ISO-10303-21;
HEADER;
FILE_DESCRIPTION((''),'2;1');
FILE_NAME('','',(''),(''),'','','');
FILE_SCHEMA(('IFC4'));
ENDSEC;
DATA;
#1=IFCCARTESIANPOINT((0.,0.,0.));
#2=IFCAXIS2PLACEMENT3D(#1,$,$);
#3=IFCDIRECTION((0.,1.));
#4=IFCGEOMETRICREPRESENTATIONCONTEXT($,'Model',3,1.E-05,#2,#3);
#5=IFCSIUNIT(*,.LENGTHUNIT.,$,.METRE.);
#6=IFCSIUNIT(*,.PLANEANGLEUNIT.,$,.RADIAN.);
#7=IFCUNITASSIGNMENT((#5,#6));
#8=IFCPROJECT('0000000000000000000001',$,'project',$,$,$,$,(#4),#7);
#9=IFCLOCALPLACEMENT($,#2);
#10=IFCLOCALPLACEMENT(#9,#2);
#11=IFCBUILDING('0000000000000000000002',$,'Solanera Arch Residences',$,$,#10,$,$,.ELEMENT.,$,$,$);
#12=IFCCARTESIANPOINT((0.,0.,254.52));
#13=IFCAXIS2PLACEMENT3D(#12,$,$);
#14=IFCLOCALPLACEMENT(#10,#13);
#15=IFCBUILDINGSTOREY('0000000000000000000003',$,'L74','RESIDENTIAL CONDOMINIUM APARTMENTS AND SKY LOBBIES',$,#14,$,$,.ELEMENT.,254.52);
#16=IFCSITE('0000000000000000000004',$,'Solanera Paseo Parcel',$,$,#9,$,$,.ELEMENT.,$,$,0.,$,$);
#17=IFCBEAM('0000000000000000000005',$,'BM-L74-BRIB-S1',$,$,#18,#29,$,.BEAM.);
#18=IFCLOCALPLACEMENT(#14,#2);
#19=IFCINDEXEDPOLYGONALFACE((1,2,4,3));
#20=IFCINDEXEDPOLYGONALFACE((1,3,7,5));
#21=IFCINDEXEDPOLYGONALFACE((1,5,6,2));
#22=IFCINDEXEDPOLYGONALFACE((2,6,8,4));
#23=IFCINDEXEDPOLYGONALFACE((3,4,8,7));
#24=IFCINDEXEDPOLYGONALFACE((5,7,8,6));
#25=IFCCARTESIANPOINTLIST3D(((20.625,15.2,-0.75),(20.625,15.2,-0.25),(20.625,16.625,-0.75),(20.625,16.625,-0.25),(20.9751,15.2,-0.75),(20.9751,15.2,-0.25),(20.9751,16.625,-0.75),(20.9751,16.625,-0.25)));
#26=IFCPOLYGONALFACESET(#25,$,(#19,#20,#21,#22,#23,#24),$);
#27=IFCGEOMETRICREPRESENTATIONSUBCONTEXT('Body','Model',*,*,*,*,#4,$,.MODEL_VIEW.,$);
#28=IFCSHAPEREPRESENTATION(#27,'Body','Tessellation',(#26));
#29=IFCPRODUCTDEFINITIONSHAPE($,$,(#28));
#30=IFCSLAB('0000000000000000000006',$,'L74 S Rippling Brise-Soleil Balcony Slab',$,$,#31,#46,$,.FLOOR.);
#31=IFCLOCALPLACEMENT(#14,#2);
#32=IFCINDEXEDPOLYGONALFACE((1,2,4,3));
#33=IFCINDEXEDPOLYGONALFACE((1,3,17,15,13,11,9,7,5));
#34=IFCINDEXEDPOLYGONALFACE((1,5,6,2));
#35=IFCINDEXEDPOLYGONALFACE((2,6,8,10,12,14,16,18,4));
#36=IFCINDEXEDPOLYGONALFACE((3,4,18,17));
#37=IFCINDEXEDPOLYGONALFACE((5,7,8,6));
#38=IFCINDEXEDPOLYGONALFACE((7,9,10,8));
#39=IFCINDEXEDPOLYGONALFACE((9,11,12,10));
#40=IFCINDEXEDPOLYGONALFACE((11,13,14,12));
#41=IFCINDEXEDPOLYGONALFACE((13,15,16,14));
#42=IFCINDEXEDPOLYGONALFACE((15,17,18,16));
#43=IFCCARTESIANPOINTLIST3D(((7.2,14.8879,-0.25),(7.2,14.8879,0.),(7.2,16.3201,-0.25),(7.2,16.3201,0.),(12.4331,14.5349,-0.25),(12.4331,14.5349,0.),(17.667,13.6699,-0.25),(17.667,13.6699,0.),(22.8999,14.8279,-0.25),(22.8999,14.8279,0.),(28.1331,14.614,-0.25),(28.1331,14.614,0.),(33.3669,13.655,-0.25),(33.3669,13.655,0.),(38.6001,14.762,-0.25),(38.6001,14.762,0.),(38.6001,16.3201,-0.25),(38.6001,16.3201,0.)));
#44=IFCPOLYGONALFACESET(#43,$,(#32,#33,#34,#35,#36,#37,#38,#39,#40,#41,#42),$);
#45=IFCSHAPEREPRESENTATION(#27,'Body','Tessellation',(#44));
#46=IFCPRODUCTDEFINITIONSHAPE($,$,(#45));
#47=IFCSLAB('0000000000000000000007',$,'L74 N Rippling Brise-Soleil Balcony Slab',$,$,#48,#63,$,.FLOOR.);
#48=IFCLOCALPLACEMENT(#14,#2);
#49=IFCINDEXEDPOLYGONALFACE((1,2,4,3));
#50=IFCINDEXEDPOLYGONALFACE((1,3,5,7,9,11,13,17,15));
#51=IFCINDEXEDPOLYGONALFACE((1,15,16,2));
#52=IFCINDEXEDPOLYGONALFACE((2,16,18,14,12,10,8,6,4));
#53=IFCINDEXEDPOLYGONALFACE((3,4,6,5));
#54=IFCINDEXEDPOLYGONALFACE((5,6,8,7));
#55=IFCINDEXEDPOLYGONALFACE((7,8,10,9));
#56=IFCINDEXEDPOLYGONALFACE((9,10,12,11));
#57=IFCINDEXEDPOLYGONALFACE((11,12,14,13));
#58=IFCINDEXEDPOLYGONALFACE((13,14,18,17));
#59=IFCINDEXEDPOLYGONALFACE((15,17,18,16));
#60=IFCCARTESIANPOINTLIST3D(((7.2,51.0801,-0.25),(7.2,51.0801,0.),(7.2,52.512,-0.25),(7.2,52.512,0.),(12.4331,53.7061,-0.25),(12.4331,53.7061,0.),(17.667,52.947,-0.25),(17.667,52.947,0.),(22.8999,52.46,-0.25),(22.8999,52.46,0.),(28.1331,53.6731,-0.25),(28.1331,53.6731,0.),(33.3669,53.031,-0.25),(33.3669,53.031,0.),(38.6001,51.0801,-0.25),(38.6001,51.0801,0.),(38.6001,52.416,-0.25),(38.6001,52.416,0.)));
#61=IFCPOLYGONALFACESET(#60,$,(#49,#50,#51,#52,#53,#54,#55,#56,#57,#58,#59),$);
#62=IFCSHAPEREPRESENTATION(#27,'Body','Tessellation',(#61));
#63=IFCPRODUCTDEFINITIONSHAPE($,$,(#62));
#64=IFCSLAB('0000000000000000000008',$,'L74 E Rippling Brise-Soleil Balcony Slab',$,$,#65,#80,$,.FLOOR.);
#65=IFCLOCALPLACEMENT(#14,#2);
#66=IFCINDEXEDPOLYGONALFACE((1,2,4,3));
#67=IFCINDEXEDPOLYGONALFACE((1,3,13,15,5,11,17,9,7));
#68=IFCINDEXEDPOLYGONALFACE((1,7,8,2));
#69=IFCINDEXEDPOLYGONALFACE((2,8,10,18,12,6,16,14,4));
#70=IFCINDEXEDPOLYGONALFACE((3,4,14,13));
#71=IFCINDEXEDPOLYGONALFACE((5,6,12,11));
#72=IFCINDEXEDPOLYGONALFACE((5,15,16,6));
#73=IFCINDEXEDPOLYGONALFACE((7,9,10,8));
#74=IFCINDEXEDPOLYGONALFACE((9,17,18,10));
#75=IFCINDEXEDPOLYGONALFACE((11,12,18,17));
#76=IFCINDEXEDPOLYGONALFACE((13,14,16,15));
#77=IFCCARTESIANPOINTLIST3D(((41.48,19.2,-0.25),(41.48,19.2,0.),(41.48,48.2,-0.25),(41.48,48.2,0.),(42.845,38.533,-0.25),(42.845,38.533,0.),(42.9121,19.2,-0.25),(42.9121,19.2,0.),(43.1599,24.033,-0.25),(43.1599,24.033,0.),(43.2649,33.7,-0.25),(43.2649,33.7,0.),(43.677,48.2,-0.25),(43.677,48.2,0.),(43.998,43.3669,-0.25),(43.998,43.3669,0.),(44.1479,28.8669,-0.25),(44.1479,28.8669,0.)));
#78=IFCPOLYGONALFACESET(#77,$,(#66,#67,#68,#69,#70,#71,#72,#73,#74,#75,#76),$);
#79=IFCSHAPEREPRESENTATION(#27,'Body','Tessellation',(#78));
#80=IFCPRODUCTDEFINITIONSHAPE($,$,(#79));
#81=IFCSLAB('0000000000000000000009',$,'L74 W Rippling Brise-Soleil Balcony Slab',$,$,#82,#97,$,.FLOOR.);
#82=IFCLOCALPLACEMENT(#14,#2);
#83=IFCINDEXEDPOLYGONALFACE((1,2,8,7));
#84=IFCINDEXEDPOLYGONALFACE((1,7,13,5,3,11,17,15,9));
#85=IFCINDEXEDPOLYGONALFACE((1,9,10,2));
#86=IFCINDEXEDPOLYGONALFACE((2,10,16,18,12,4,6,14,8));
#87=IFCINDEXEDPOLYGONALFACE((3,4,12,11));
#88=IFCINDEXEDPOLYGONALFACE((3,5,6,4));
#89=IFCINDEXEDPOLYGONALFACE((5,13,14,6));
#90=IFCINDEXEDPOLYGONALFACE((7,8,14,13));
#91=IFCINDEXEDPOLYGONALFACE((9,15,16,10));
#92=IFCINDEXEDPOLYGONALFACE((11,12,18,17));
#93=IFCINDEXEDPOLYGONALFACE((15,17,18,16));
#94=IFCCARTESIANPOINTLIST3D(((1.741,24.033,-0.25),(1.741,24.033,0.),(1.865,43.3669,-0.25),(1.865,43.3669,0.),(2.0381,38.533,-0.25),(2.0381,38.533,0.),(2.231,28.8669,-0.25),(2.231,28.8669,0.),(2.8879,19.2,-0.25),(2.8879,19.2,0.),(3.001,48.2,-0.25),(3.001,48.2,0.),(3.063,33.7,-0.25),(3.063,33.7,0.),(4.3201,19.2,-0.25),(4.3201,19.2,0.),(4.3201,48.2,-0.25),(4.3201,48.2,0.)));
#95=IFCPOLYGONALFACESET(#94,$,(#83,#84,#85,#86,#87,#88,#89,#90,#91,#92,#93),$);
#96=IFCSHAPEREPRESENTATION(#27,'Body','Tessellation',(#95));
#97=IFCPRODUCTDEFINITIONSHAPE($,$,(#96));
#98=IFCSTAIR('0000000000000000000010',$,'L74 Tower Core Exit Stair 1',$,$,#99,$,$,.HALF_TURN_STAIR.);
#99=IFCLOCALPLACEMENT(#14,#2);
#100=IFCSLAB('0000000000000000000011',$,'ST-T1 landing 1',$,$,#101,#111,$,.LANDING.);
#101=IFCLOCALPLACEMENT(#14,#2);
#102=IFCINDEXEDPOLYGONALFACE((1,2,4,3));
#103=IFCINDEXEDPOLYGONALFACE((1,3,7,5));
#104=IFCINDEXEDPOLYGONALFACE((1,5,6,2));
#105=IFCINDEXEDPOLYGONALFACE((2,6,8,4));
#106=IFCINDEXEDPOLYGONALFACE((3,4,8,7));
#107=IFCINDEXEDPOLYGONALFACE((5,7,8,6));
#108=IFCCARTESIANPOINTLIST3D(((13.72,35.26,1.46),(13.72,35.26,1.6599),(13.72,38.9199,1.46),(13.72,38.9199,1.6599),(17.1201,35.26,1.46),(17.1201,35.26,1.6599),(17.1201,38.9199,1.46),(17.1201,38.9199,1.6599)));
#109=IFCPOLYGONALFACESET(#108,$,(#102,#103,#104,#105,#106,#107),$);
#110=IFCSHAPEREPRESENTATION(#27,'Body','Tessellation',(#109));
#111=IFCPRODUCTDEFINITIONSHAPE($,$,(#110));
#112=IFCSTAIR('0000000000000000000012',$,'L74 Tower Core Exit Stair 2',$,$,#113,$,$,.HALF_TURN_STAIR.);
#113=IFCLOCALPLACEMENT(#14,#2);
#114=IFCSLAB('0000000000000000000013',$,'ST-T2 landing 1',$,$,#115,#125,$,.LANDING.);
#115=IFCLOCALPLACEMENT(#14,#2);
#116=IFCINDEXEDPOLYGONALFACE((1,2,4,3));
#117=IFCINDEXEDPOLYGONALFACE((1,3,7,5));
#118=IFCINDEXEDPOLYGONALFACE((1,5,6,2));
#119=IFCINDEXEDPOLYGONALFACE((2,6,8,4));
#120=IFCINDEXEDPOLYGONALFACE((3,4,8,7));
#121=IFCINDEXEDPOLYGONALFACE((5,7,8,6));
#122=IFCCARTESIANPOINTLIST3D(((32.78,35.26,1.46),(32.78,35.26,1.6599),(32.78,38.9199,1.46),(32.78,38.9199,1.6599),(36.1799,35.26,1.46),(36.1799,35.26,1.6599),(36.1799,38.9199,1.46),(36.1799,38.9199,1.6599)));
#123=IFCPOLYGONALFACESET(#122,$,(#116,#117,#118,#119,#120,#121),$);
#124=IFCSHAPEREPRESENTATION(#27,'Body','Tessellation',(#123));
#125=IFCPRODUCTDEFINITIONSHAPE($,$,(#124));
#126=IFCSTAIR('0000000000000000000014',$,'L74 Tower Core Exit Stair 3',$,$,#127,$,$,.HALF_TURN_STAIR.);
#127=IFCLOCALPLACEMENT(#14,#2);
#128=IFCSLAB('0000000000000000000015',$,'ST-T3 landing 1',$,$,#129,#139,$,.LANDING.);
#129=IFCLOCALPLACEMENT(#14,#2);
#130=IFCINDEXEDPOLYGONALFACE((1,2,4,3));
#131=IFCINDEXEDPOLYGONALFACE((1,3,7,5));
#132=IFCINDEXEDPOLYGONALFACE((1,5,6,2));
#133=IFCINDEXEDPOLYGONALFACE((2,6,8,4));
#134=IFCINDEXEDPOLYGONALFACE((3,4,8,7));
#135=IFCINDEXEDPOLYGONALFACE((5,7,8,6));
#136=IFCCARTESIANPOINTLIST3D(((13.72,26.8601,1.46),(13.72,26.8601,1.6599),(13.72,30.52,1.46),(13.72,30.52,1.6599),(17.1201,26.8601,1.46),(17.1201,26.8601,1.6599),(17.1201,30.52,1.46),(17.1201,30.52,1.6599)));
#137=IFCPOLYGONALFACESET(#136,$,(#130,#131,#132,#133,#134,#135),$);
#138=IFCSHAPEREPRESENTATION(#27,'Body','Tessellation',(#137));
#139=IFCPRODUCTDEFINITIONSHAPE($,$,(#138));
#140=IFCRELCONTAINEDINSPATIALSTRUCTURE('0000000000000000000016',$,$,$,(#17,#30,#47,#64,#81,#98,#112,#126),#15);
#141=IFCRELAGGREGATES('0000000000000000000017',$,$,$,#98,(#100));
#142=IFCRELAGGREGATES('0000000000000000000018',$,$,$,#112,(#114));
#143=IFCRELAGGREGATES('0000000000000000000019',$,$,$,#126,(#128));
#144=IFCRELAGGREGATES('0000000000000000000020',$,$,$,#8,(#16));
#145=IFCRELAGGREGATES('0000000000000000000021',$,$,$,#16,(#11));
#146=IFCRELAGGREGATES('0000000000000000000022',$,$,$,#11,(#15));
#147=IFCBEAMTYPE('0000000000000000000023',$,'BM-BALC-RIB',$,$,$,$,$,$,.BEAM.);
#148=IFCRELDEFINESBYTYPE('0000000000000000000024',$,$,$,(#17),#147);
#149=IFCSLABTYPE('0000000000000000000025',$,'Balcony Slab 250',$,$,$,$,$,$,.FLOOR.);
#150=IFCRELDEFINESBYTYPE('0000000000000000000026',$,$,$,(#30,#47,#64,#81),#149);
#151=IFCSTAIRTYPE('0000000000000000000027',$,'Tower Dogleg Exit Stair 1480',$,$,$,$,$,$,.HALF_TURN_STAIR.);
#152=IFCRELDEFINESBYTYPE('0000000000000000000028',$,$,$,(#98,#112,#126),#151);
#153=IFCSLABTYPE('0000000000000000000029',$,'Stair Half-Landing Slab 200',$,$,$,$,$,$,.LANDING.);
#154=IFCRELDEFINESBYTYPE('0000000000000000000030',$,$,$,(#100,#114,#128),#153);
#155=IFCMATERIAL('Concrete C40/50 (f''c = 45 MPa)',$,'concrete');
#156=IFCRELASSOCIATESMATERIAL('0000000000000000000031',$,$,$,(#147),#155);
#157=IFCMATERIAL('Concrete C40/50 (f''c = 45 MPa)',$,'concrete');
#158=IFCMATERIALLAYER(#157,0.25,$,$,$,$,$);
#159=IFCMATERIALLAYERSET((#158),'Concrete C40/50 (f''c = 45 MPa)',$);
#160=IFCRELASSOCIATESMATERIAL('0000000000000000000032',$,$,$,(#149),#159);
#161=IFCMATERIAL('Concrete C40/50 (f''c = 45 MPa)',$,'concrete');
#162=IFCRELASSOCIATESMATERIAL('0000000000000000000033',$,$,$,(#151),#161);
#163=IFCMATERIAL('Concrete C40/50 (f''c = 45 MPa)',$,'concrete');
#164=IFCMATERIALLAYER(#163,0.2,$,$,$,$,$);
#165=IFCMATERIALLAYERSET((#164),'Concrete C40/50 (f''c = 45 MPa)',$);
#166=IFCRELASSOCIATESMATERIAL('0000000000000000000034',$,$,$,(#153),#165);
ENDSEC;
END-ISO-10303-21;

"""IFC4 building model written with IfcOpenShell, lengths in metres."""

from ifc_helpers import new_model, si_unit, direction, frame, origin, origin_2d, place, context, subcontext, project, spatial, polyline, rectangle, outline, extrude, material, layer, layer_set, material_profile, profile_set, type_object, element, aggregate, save


model = new_model("IFC4")

# Units and contexts
model_context = context("Model", 3, precision=1e-05, world=origin(), true_north=direction((0.0, 1.0)))
body_context = subcontext(model_context, "Body", "Model", "MODEL_VIEW")
ifc_project = project(units=[si_unit("LENGTHUNIT", "METRE"), si_unit("PLANEANGLEUNIT", "RADIAN")], contexts=[model_context])

# Site, building, storey
site_placement = place(None, origin())
site = spatial("IfcSite", under=ifc_project, at=site_placement, Name="Solanera Paseo Parcel", CompositionType="ELEMENT", RefElevation=0.0)
building_placement = place(site_placement, origin())
building = spatial("IfcBuilding", under=site, at=building_placement, Name="Solanera Arch Residences", CompositionType="ELEMENT")
storey_placement = place(building_placement, frame((0.0, 0.0, 254.52)))
storey = spatial("IfcBuildingStorey", under=building, at=storey_placement, Name="L74", Description="RESIDENTIAL CONDOMINIUM APARTMENTS AND SKY LOBBIES", CompositionType="ELEMENT", Elevation=254.52)

# Beam
ifc_material_1 = material(Name="Concrete C40/50 (f'c = 45 MPa)", Category="concrete")
ifc_material_profile = material_profile(ifc_material_1, rectangle(XDim=0.3501, YDim=0.5, at=origin_2d()))
ifc_profile_set = profile_set([ifc_material_profile], Name="Concrete C40/50 (f'c = 45 MPa)")
beam_type = type_object("IfcBeamType", Name="BM-BALC-RIB", PredefinedType="BEAM", material=ifc_profile_set)
beam_placement = place(storey_placement, frame((20.8, 15.2, -0.5), z_axis=(0.0, 1.0, 0.0), x_axis=(-1.0, 0.0, 0.0)))
element("IfcBeam", 1, at=beam_placement, inside=storey, type_object=beam_type, Name="BM-L74-BRIB-S1", PredefinedType="BEAM", context=body_context, shape_type="SweptSolid", body=[
    extrude(rectangle(XDim=0.3501, YDim=0.5, at=origin_2d()), origin(), (0.0, 0.0, 1.0), 1.425),
])

# Slabs
ifc_material_2 = material(Name="Concrete C40/50 (f'c = 45 MPa)", Category="concrete")
ifc_layer_1 = layer(ifc_material_2, 0.25)
ifc_layer_set_1 = layer_set([ifc_layer_1], Name="Concrete C40/50 (f'c = 45 MPa)")
slab_type_1 = type_object("IfcSlabType", Name="Balcony Slab 250", PredefinedType="FLOOR", material=ifc_layer_set_1)
slab_1_placement = place(storey_placement, frame((0.0, 0.0, -0.25)))
element("IfcSlab", 2, at=slab_1_placement, inside=storey, type_object=slab_type_1, Name="L74 S Rippling Brise-Soleil Balcony Slab", PredefinedType="FLOOR", context=body_context, shape_type="SweptSolid", body=[
    extrude(outline(polyline([(7.2, 14.8879), (12.4331, 14.5349), (17.667, 13.6699), (22.8999, 14.8279), (28.1331, 14.614), (33.3669, 13.655), (38.6001, 14.762), (38.6001, 16.3201), (7.2, 16.3201), (7.2, 14.8879)])), origin(), (0.0, 0.0, 1.0), 0.25),
])
slab_2_placement = place(storey_placement, frame((0.0, 0.0, -0.25)))
element("IfcSlab", 3, at=slab_2_placement, inside=storey, type_object=slab_type_1, Name="L74 N Rippling Brise-Soleil Balcony Slab", PredefinedType="FLOOR", context=body_context, shape_type="SweptSolid", body=[
    extrude(outline(polyline([(38.6001, 52.416), (33.3669, 53.031), (28.1331, 53.6731), (22.8999, 52.46), (17.667, 52.947), (12.4331, 53.7061), (7.2, 52.512), (7.2, 51.0801), (38.6001, 51.0801), (38.6001, 52.416)])), origin(), (0.0, 0.0, 1.0), 0.25),
])
slab_3_placement = place(storey_placement, frame((0.0, 0.0, -0.25)))
element("IfcSlab", 4, at=slab_3_placement, inside=storey, type_object=slab_type_1, Name="L74 E Rippling Brise-Soleil Balcony Slab", PredefinedType="FLOOR", context=body_context, shape_type="SweptSolid", body=[
    extrude(outline(polyline([(42.9121, 19.2), (43.1599, 24.033), (44.1479, 28.8669), (43.2649, 33.7), (42.845, 38.533), (43.998, 43.3669), (43.677, 48.2), (41.48, 48.2), (41.48, 19.2), (42.9121, 19.2)])), origin(), (0.0, 0.0, 1.0), 0.25),
])
slab_4_placement = place(storey_placement, frame((0.0, 0.0, -0.25)))
element("IfcSlab", 5, at=slab_4_placement, inside=storey, type_object=slab_type_1, Name="L74 W Rippling Brise-Soleil Balcony Slab", PredefinedType="FLOOR", context=body_context, shape_type="SweptSolid", body=[
    extrude(outline(polyline([(3.001, 48.2), (1.865, 43.3669), (2.0381, 38.533), (3.063, 33.7), (2.231, 28.8669), (1.741, 24.033), (2.8879, 19.2), (4.3201, 19.2), (4.3201, 48.2), (3.001, 48.2)])), origin(), (0.0, 0.0, 1.0), 0.25),
])

# Stairs, slabs
ifc_material_3 = material(Name="Concrete C40/50 (f'c = 45 MPa)", Category="concrete")
stair_type = type_object("IfcStairType", Name="Tower Dogleg Exit Stair 1480", PredefinedType="HALF_TURN_STAIR", material=ifc_material_3)
stair_1_placement = place(storey_placement, origin())
stair_1 = element("IfcStair", 6, at=stair_1_placement, inside=storey, type_object=stair_type, Name="L74 Tower Core Exit Stair 1", PredefinedType="HALF_TURN_STAIR")
ifc_material_4 = material(Name="Concrete C40/50 (f'c = 45 MPa)", Category="concrete")
ifc_layer_2 = layer(ifc_material_4, 0.2)
ifc_layer_set_2 = layer_set([ifc_layer_2], Name="Concrete C40/50 (f'c = 45 MPa)")
slab_type_2 = type_object("IfcSlabType", Name="Stair Half-Landing Slab 200", PredefinedType="LANDING", material=ifc_layer_set_2)
slab_5_placement = place(storey_placement, frame((0.0, 0.0, 1.46)))
slab_5 = element("IfcSlab", 7, at=slab_5_placement, type_object=slab_type_2, Name="ST-T1 landing 1", PredefinedType="LANDING", context=body_context, shape_type="SweptSolid", body=[
    extrude(outline(polyline([(17.1201, 35.26), (17.1201, 38.9199), (13.72, 38.9199), (13.72, 35.26), (17.1201, 35.26)])), origin(), (0.0, 0.0, 1.0), 0.2),
])
aggregate(stair_1, [slab_5])
stair_2_placement = place(storey_placement, origin())
stair_2 = element("IfcStair", 8, at=stair_2_placement, inside=storey, type_object=stair_type, Name="L74 Tower Core Exit Stair 2", PredefinedType="HALF_TURN_STAIR")
slab_6_placement = place(storey_placement, frame((0.0, 0.0, 1.46)))
slab_6 = element("IfcSlab", 9, at=slab_6_placement, type_object=slab_type_2, Name="ST-T2 landing 1", PredefinedType="LANDING", context=body_context, shape_type="SweptSolid", body=[
    extrude(outline(polyline([(36.1799, 35.26), (36.1799, 38.9199), (32.78, 38.9199), (32.78, 35.26), (36.1799, 35.26)])), origin(), (0.0, 0.0, 1.0), 0.2),
])
aggregate(stair_2, [slab_6])
stair_3_placement = place(storey_placement, origin())
stair_3 = element("IfcStair", 10, at=stair_3_placement, inside=storey, type_object=stair_type, Name="L74 Tower Core Exit Stair 3", PredefinedType="HALF_TURN_STAIR")
slab_7_placement = place(storey_placement, frame((0.0, 0.0, 1.46)))
slab_7 = element("IfcSlab", 11, at=slab_7_placement, type_object=slab_type_2, Name="ST-T3 landing 1", PredefinedType="LANDING", context=body_context, shape_type="SweptSolid", body=[
    extrude(outline(polyline([(17.1201, 26.8601), (17.1201, 30.52), (13.72, 30.52), (13.72, 26.8601), (17.1201, 26.8601)])), origin(), (0.0, 0.0, 1.0), 0.2),
])
aggregate(stair_3, [slab_7])

save(model, "model.ifc")
